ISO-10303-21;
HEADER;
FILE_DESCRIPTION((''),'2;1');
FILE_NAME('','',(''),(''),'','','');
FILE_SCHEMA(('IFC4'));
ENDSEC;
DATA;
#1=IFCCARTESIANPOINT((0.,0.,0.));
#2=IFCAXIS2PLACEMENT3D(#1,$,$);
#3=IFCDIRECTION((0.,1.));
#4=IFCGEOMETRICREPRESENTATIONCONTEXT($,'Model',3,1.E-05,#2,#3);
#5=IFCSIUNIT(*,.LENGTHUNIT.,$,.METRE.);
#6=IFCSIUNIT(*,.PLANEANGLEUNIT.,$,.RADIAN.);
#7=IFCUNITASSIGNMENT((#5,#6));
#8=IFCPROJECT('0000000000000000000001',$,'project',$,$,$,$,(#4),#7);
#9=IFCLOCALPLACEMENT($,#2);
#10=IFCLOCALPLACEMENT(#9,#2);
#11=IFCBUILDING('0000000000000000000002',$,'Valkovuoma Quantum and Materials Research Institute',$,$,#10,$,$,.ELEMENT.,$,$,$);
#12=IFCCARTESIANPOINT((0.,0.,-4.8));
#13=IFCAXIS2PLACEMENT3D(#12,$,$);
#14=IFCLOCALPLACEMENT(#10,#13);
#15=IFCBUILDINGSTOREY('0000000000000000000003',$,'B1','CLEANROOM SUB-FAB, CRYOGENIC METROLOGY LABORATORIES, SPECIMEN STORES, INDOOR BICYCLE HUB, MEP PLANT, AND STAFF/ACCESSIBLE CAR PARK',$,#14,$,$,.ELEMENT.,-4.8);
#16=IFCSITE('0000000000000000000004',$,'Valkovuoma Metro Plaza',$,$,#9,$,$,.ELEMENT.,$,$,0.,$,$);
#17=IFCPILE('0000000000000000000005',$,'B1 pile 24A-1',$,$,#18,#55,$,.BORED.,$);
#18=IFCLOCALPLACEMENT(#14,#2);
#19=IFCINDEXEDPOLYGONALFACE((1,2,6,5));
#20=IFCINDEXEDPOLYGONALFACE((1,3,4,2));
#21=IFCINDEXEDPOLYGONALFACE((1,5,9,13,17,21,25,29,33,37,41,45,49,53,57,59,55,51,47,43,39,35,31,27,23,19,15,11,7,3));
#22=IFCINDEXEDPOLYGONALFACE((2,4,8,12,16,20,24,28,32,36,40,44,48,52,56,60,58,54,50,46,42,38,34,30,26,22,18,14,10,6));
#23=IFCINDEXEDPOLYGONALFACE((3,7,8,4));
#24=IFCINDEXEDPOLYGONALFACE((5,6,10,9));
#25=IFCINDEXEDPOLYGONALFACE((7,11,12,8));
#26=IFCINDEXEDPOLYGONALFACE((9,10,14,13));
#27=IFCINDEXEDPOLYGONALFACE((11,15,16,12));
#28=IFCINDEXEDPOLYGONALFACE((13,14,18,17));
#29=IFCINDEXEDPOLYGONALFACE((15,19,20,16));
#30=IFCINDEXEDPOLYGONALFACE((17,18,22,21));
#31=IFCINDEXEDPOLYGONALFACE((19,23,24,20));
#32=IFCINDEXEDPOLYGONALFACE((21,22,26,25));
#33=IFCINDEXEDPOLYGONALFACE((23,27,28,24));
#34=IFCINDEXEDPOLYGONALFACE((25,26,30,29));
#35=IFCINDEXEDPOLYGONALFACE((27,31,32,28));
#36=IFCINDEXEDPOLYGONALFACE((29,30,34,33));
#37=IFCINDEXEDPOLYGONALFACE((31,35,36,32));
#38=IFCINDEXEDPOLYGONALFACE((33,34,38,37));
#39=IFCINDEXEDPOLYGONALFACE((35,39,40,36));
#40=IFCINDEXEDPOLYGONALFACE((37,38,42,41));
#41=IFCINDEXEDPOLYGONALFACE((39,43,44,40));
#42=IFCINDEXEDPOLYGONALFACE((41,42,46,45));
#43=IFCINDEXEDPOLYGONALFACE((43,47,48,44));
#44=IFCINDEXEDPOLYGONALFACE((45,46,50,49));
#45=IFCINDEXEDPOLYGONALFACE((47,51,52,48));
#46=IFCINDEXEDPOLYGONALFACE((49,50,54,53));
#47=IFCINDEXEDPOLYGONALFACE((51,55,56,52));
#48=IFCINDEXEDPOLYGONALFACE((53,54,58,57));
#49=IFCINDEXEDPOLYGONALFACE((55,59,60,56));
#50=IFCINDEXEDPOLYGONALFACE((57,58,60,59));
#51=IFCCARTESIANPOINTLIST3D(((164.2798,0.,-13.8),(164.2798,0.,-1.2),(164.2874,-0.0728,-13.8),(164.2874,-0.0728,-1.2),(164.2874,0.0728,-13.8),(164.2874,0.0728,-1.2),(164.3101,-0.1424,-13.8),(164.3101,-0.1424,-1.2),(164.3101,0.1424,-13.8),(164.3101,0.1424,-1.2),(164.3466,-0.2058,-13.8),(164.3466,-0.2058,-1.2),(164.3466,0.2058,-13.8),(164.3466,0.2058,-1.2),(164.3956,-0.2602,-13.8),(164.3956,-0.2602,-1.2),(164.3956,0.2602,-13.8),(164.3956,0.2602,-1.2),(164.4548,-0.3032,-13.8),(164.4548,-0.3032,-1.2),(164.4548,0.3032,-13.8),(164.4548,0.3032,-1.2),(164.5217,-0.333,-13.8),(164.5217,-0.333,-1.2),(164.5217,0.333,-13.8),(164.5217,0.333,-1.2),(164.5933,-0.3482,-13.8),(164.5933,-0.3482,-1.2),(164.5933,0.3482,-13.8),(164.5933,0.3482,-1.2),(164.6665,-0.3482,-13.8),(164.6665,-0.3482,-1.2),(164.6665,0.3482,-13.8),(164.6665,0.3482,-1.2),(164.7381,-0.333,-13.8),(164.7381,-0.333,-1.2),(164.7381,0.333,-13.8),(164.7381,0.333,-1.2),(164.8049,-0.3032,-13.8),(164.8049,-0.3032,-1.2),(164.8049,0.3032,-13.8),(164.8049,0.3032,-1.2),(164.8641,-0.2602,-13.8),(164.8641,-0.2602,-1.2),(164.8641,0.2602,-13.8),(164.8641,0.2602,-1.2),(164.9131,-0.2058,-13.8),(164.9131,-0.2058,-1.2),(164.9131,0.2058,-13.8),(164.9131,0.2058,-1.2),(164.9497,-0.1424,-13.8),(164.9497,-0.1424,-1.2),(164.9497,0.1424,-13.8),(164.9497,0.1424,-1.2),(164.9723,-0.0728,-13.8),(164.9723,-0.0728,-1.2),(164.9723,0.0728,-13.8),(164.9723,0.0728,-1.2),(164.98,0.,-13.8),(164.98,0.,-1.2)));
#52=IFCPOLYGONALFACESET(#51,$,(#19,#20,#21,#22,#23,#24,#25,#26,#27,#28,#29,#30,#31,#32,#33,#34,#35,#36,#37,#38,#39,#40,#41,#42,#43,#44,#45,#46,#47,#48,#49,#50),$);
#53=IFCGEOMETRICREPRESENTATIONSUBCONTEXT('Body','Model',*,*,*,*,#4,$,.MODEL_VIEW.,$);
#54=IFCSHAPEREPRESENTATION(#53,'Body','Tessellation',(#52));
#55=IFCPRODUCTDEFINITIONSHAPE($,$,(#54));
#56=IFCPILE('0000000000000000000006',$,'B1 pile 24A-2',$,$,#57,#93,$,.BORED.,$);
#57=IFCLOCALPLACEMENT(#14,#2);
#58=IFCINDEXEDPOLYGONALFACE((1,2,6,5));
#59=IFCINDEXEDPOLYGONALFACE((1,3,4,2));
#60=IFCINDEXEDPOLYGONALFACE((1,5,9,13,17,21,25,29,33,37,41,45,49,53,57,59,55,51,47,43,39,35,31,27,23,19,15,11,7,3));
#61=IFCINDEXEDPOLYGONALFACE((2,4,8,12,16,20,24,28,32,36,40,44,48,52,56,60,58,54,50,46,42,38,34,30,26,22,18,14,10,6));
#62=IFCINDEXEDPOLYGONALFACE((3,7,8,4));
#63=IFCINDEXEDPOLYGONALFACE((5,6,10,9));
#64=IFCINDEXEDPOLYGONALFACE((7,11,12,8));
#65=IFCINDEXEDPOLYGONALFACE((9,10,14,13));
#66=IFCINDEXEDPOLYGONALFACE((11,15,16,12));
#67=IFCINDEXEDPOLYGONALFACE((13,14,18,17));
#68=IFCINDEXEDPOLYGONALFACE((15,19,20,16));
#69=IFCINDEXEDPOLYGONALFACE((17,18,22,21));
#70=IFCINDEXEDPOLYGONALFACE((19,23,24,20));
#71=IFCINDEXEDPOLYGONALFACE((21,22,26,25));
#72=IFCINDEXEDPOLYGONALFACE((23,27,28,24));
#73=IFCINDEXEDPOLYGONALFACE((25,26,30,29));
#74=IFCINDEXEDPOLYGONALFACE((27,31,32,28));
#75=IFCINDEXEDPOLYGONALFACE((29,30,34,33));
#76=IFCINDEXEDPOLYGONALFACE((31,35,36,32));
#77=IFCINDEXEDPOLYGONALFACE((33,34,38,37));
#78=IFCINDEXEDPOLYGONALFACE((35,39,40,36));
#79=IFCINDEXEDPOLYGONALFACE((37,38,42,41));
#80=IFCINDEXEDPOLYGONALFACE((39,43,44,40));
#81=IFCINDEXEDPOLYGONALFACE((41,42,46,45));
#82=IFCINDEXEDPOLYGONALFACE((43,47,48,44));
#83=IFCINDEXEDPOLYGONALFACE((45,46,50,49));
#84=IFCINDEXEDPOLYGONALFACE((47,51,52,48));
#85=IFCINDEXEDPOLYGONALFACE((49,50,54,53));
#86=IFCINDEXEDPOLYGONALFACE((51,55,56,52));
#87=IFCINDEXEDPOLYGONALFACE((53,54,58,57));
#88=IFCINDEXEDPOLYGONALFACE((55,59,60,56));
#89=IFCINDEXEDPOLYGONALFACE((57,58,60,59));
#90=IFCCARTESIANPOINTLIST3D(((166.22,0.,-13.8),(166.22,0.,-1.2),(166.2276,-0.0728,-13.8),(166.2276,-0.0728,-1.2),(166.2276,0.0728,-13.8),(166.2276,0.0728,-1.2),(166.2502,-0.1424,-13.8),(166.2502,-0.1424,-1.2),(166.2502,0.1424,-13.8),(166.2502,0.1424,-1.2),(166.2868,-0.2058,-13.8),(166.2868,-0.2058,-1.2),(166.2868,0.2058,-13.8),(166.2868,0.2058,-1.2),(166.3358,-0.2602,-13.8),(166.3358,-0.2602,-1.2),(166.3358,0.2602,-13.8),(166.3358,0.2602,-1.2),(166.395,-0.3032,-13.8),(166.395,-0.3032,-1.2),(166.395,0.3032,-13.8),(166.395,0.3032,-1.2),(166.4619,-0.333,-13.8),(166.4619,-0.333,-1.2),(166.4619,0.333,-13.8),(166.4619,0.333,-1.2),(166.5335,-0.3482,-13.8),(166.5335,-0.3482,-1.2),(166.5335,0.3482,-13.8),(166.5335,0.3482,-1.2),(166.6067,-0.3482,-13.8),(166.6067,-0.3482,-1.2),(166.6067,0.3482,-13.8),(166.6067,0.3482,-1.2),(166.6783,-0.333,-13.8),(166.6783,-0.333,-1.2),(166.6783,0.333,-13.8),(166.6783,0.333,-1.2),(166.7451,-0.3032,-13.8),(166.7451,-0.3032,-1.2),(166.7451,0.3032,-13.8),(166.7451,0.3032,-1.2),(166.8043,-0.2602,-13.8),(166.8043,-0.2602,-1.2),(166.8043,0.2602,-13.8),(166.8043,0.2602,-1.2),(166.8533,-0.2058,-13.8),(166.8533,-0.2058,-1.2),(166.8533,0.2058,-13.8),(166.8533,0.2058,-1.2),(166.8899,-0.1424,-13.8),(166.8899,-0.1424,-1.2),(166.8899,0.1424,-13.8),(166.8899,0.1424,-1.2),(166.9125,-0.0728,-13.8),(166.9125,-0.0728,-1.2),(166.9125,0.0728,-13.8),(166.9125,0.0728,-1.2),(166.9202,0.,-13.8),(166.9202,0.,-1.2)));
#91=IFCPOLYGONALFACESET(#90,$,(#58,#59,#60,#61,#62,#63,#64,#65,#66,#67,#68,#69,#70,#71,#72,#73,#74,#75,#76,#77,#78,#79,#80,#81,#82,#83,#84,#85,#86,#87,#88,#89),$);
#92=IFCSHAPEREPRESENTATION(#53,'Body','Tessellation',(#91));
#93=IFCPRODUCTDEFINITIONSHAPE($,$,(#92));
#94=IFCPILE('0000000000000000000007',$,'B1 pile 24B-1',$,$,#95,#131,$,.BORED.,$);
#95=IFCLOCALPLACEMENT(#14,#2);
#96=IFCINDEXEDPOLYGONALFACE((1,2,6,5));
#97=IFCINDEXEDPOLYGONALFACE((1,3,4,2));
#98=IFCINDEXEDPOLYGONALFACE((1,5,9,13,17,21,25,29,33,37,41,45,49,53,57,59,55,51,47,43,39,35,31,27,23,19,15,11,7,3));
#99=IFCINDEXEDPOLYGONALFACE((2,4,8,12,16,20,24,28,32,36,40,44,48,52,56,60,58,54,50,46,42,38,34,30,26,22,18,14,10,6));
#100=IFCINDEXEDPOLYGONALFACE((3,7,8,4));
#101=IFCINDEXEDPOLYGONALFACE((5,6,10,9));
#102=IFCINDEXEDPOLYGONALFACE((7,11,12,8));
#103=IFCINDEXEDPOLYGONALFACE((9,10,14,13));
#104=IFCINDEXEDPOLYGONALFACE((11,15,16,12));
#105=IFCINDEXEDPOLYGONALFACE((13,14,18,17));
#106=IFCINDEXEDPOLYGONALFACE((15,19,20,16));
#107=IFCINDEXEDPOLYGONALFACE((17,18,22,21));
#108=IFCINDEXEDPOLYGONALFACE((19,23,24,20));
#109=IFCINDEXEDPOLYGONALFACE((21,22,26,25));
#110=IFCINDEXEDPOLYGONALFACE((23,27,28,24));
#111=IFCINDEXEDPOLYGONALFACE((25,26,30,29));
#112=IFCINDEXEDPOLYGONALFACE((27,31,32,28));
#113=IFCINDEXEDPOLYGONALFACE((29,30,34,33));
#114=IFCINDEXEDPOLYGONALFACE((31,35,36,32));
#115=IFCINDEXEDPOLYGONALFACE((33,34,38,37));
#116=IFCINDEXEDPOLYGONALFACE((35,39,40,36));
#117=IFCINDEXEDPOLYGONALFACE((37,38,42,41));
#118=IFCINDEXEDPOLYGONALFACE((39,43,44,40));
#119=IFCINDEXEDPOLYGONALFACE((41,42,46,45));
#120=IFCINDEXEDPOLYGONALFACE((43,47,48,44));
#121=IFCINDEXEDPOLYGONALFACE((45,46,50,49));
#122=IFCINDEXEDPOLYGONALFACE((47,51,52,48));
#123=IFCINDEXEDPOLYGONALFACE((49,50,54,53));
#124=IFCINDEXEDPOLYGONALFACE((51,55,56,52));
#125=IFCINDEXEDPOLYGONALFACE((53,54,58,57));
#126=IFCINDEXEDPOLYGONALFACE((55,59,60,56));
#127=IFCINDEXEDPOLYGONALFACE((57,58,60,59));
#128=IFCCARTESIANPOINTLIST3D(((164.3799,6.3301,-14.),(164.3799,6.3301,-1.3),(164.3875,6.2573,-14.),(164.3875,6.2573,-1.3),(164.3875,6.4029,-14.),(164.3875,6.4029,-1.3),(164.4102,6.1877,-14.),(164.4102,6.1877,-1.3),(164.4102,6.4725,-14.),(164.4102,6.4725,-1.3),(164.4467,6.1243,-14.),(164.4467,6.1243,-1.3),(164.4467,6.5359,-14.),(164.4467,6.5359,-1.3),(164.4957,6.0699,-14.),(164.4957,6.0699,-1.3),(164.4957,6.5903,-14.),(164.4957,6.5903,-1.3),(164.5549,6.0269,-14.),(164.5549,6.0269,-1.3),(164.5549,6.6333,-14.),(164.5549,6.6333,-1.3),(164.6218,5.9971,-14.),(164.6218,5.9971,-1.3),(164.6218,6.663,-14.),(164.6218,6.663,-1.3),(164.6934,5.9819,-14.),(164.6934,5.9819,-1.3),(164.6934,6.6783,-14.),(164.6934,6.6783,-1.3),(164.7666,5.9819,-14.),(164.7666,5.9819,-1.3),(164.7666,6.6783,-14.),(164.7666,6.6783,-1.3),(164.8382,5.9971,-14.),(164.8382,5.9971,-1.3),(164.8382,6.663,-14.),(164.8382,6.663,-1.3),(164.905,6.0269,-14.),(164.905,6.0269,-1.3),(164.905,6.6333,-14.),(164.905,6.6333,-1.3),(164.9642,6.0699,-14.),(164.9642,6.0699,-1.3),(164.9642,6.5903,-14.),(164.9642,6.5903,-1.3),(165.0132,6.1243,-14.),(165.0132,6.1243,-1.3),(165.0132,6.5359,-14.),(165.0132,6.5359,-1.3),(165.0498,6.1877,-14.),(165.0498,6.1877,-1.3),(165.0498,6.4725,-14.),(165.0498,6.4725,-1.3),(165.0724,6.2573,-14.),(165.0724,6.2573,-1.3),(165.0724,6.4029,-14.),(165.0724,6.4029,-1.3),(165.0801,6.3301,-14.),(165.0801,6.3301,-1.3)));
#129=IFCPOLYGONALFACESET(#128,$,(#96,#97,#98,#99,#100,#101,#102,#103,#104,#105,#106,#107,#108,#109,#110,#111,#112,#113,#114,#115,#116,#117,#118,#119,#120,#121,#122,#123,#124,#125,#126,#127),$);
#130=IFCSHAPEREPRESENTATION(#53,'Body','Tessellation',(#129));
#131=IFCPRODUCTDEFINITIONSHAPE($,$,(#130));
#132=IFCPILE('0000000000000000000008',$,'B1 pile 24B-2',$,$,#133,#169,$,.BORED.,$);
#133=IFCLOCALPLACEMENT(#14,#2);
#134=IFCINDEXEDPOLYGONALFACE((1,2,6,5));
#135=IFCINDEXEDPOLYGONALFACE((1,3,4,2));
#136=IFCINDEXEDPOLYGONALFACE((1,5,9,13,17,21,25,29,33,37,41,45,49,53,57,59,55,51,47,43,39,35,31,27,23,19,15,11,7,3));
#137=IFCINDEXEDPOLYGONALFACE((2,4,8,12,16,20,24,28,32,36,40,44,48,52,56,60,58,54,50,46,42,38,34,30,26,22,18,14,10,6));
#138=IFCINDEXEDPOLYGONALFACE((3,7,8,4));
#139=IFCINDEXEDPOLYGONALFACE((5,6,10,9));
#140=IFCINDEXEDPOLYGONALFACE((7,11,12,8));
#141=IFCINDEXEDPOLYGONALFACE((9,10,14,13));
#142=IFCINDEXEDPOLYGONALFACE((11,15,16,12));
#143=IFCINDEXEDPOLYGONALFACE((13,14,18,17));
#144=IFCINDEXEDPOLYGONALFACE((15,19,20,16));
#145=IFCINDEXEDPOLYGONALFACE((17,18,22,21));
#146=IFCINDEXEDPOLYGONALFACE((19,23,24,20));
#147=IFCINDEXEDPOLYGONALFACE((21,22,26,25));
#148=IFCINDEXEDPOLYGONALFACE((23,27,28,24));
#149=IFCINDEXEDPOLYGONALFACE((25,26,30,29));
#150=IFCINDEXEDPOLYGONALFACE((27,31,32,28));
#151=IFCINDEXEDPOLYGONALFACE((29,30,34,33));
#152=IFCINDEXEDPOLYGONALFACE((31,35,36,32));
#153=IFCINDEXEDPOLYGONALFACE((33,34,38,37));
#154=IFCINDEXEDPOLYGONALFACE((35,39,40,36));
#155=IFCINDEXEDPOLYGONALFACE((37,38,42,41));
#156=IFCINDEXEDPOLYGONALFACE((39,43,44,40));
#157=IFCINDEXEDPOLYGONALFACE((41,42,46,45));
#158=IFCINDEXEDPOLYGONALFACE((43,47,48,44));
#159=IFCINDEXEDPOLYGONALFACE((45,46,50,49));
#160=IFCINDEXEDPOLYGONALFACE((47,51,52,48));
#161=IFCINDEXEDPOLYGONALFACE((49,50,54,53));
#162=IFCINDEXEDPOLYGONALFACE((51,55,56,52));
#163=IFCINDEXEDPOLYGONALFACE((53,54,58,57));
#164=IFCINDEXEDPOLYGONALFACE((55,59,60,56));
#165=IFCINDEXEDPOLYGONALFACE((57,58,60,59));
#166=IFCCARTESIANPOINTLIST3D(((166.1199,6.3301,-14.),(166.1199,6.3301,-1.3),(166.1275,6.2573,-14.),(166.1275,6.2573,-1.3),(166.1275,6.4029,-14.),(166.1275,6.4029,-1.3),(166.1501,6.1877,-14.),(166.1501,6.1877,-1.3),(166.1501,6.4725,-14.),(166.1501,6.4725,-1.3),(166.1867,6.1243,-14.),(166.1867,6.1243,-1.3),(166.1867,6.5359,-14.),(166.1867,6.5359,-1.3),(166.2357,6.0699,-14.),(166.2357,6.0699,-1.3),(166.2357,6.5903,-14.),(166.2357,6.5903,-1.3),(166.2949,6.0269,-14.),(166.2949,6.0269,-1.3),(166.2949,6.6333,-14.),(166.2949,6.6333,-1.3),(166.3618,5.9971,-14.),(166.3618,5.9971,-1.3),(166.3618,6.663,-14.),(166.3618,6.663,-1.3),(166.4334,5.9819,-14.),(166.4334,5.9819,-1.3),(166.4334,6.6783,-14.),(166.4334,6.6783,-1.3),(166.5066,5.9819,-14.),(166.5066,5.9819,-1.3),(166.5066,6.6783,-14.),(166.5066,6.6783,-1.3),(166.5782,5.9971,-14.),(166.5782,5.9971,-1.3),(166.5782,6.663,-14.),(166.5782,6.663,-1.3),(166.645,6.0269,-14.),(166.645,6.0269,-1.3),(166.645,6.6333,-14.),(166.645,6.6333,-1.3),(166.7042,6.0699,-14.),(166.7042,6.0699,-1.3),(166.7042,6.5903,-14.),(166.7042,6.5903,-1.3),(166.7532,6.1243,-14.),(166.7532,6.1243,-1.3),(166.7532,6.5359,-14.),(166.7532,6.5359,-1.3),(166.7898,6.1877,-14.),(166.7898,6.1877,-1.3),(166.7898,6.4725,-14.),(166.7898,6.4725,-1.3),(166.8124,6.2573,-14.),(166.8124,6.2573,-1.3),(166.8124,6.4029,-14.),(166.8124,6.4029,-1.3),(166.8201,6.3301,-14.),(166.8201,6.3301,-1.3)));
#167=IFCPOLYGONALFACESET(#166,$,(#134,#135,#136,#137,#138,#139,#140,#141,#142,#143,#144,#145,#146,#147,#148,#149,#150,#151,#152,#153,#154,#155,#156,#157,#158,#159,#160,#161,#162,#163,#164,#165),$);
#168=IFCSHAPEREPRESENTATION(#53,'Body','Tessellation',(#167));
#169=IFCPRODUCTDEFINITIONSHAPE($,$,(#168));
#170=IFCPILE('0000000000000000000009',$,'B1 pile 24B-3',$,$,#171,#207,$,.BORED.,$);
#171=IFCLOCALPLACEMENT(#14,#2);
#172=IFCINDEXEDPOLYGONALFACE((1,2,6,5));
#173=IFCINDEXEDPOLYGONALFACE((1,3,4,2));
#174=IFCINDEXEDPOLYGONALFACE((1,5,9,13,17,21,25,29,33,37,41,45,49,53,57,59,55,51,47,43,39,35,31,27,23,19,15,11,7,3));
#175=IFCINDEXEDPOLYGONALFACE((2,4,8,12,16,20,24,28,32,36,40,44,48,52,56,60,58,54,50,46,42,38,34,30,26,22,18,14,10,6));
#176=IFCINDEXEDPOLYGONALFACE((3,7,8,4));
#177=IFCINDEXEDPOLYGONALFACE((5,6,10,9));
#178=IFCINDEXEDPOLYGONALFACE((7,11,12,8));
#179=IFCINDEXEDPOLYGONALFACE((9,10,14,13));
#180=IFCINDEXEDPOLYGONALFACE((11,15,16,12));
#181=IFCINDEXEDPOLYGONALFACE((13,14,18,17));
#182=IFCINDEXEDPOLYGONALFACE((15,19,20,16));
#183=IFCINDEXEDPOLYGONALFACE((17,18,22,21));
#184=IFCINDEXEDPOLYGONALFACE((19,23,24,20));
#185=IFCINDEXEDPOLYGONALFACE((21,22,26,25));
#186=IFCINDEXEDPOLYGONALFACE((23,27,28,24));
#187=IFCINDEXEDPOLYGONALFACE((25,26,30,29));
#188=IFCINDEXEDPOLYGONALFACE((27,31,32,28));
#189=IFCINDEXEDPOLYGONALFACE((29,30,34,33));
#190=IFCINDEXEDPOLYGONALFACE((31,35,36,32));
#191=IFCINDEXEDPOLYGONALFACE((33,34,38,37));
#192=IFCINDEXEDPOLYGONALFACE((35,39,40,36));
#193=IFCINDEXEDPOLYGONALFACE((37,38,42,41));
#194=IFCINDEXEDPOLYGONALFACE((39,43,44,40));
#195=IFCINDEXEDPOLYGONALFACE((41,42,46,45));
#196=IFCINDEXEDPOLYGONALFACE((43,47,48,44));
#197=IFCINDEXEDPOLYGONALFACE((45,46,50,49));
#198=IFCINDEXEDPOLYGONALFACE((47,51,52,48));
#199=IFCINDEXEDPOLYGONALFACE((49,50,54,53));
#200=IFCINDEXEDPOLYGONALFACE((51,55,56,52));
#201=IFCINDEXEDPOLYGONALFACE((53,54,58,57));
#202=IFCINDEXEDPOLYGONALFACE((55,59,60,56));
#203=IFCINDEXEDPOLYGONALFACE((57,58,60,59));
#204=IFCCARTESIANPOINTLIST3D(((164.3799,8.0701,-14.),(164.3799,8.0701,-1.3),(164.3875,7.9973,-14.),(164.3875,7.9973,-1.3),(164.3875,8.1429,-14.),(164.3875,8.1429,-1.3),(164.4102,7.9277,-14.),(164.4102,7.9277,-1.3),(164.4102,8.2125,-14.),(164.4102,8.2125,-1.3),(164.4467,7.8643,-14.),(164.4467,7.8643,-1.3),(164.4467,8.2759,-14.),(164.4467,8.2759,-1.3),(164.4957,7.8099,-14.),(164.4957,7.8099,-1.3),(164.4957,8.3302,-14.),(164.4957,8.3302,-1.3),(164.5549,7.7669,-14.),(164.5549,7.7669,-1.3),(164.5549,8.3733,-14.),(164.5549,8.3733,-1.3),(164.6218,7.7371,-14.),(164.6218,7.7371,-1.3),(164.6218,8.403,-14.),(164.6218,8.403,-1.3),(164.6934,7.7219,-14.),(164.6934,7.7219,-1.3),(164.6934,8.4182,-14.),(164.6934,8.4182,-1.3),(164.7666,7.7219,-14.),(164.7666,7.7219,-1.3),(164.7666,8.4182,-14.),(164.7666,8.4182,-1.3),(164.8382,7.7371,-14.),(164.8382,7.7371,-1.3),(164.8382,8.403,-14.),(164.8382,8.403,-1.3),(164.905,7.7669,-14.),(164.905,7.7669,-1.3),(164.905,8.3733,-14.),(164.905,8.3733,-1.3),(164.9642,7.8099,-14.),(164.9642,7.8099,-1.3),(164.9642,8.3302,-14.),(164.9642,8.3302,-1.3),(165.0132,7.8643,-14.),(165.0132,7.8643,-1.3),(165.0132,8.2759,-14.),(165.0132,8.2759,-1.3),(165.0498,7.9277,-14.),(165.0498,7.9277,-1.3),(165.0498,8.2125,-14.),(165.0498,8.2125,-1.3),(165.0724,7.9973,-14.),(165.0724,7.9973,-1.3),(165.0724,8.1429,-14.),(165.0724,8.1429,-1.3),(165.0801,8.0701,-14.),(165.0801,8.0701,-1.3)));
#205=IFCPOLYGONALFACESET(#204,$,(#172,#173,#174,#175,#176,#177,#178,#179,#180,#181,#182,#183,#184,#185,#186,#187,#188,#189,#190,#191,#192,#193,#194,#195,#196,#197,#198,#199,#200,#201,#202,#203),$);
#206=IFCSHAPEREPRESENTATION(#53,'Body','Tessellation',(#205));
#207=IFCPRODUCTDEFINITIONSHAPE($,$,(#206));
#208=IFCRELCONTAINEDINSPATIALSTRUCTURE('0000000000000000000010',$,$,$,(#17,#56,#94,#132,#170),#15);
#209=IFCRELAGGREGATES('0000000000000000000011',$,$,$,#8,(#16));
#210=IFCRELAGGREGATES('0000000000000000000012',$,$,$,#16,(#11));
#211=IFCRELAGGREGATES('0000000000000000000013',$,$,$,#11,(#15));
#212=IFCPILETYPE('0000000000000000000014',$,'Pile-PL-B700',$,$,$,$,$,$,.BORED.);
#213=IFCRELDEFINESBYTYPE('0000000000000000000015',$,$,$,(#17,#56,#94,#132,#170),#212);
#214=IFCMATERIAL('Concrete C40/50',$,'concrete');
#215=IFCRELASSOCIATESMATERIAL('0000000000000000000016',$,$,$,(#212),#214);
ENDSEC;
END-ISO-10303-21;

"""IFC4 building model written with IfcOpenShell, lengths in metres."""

from ifc_helpers import new_model, si_unit, direction, frame, origin, origin_2d, place, context, subcontext, project, spatial, circle, extrude, material, material_profile, profile_set, type_object, element, save


model = new_model("IFC4")

# Units and contexts
model_context = context("Model", 3, precision=1e-05, world=origin(), true_north=direction((0.0, 1.0)))
body_context = subcontext(model_context, "Body", "Model", "MODEL_VIEW")
ifc_project = project(units=[si_unit("LENGTHUNIT", "METRE"), si_unit("PLANEANGLEUNIT", "RADIAN")], contexts=[model_context])

# Site, building, storey
site_placement = place(None, origin())
site = spatial("IfcSite", under=ifc_project, at=site_placement, Name="Valkovuoma Metro Plaza", CompositionType="ELEMENT", RefElevation=0.0)
building_placement = place(site_placement, origin())
building = spatial("IfcBuilding", under=site, at=building_placement, Name="Valkovuoma Quantum and Materials Research Institute", CompositionType="ELEMENT")
storey_placement = place(building_placement, frame((0.0, 0.0, -4.8)))
storey = spatial("IfcBuildingStorey", under=building, at=storey_placement, Name="B1", Description="CLEANROOM SUB-FAB, CRYOGENIC METROLOGY LABORATORIES, SPECIMEN STORES, INDOOR BICYCLE HUB, MEP PLANT, AND STAFF/ACCESSIBLE CAR PARK", CompositionType="ELEMENT", Elevation=-4.8)

# Piles
ifc_material_1 = material(Name="Concrete C40/50", Category="concrete")
ifc_material_profile_1 = material_profile(ifc_material_1, circle(Radius=0.3501, at=origin_2d()), Name="Concrete C40/50")
ifc_profile_set_1 = profile_set([ifc_material_profile_1], Name="Concrete C40/50")
pile_type_1 = type_object("IfcPileType", Name="Pile-PL-B700", PredefinedType="BORED", material=ifc_profile_set_1)
for number, where, z_axis, x_axis, name in (
    (1, (164.6299, 0.0, -1.2), (0.0, 0.0, -1.0), (1.0, 0.0, 0.0), "B1 pile 24A-1"),
    (2, (166.5701, 0.0, -1.2), (0.0, 0.0, -1.0), (1.0, 0.0, 0.0), "B1 pile 24A-2"),
):
    element("IfcPile", number, at=place(storey_placement, frame(where, z_axis=z_axis, x_axis=x_axis)), inside=storey, type_object=pile_type_1, Name=name, PredefinedType="BORED", context=body_context, shape_type="SweptSolid", body=[
        extrude(circle(Radius=0.3501, at=origin_2d()), origin(), (0.0, 0.0, 1.0), 12.6001),
    ])
for number, where, z_axis, x_axis, name in (
    (3, (164.73, 6.3301, -1.3), (0.0, 0.0, -1.0), (1.0, 0.0, 0.0), "B1 pile 24B-1"),
    (4, (166.47, 6.3301, -1.3), (0.0, 0.0, -1.0), (1.0, 0.0, 0.0), "B1 pile 24B-2"),
    (5, (164.73, 8.0701, -1.3), (0.0, 0.0, -1.0), (1.0, 0.0, 0.0), "B1 pile 24B-3"),
):
    element("IfcPile", number, at=place(storey_placement, frame(where, z_axis=z_axis, x_axis=x_axis)), inside=storey, type_object=pile_type_1, Name=name, PredefinedType="BORED", context=body_context, shape_type="SweptSolid", body=[
        extrude(circle(Radius=0.3501, at=origin_2d()), origin(), (0.0, 0.0, 1.0), 12.7),
    ])

save(model, "model.ifc")
